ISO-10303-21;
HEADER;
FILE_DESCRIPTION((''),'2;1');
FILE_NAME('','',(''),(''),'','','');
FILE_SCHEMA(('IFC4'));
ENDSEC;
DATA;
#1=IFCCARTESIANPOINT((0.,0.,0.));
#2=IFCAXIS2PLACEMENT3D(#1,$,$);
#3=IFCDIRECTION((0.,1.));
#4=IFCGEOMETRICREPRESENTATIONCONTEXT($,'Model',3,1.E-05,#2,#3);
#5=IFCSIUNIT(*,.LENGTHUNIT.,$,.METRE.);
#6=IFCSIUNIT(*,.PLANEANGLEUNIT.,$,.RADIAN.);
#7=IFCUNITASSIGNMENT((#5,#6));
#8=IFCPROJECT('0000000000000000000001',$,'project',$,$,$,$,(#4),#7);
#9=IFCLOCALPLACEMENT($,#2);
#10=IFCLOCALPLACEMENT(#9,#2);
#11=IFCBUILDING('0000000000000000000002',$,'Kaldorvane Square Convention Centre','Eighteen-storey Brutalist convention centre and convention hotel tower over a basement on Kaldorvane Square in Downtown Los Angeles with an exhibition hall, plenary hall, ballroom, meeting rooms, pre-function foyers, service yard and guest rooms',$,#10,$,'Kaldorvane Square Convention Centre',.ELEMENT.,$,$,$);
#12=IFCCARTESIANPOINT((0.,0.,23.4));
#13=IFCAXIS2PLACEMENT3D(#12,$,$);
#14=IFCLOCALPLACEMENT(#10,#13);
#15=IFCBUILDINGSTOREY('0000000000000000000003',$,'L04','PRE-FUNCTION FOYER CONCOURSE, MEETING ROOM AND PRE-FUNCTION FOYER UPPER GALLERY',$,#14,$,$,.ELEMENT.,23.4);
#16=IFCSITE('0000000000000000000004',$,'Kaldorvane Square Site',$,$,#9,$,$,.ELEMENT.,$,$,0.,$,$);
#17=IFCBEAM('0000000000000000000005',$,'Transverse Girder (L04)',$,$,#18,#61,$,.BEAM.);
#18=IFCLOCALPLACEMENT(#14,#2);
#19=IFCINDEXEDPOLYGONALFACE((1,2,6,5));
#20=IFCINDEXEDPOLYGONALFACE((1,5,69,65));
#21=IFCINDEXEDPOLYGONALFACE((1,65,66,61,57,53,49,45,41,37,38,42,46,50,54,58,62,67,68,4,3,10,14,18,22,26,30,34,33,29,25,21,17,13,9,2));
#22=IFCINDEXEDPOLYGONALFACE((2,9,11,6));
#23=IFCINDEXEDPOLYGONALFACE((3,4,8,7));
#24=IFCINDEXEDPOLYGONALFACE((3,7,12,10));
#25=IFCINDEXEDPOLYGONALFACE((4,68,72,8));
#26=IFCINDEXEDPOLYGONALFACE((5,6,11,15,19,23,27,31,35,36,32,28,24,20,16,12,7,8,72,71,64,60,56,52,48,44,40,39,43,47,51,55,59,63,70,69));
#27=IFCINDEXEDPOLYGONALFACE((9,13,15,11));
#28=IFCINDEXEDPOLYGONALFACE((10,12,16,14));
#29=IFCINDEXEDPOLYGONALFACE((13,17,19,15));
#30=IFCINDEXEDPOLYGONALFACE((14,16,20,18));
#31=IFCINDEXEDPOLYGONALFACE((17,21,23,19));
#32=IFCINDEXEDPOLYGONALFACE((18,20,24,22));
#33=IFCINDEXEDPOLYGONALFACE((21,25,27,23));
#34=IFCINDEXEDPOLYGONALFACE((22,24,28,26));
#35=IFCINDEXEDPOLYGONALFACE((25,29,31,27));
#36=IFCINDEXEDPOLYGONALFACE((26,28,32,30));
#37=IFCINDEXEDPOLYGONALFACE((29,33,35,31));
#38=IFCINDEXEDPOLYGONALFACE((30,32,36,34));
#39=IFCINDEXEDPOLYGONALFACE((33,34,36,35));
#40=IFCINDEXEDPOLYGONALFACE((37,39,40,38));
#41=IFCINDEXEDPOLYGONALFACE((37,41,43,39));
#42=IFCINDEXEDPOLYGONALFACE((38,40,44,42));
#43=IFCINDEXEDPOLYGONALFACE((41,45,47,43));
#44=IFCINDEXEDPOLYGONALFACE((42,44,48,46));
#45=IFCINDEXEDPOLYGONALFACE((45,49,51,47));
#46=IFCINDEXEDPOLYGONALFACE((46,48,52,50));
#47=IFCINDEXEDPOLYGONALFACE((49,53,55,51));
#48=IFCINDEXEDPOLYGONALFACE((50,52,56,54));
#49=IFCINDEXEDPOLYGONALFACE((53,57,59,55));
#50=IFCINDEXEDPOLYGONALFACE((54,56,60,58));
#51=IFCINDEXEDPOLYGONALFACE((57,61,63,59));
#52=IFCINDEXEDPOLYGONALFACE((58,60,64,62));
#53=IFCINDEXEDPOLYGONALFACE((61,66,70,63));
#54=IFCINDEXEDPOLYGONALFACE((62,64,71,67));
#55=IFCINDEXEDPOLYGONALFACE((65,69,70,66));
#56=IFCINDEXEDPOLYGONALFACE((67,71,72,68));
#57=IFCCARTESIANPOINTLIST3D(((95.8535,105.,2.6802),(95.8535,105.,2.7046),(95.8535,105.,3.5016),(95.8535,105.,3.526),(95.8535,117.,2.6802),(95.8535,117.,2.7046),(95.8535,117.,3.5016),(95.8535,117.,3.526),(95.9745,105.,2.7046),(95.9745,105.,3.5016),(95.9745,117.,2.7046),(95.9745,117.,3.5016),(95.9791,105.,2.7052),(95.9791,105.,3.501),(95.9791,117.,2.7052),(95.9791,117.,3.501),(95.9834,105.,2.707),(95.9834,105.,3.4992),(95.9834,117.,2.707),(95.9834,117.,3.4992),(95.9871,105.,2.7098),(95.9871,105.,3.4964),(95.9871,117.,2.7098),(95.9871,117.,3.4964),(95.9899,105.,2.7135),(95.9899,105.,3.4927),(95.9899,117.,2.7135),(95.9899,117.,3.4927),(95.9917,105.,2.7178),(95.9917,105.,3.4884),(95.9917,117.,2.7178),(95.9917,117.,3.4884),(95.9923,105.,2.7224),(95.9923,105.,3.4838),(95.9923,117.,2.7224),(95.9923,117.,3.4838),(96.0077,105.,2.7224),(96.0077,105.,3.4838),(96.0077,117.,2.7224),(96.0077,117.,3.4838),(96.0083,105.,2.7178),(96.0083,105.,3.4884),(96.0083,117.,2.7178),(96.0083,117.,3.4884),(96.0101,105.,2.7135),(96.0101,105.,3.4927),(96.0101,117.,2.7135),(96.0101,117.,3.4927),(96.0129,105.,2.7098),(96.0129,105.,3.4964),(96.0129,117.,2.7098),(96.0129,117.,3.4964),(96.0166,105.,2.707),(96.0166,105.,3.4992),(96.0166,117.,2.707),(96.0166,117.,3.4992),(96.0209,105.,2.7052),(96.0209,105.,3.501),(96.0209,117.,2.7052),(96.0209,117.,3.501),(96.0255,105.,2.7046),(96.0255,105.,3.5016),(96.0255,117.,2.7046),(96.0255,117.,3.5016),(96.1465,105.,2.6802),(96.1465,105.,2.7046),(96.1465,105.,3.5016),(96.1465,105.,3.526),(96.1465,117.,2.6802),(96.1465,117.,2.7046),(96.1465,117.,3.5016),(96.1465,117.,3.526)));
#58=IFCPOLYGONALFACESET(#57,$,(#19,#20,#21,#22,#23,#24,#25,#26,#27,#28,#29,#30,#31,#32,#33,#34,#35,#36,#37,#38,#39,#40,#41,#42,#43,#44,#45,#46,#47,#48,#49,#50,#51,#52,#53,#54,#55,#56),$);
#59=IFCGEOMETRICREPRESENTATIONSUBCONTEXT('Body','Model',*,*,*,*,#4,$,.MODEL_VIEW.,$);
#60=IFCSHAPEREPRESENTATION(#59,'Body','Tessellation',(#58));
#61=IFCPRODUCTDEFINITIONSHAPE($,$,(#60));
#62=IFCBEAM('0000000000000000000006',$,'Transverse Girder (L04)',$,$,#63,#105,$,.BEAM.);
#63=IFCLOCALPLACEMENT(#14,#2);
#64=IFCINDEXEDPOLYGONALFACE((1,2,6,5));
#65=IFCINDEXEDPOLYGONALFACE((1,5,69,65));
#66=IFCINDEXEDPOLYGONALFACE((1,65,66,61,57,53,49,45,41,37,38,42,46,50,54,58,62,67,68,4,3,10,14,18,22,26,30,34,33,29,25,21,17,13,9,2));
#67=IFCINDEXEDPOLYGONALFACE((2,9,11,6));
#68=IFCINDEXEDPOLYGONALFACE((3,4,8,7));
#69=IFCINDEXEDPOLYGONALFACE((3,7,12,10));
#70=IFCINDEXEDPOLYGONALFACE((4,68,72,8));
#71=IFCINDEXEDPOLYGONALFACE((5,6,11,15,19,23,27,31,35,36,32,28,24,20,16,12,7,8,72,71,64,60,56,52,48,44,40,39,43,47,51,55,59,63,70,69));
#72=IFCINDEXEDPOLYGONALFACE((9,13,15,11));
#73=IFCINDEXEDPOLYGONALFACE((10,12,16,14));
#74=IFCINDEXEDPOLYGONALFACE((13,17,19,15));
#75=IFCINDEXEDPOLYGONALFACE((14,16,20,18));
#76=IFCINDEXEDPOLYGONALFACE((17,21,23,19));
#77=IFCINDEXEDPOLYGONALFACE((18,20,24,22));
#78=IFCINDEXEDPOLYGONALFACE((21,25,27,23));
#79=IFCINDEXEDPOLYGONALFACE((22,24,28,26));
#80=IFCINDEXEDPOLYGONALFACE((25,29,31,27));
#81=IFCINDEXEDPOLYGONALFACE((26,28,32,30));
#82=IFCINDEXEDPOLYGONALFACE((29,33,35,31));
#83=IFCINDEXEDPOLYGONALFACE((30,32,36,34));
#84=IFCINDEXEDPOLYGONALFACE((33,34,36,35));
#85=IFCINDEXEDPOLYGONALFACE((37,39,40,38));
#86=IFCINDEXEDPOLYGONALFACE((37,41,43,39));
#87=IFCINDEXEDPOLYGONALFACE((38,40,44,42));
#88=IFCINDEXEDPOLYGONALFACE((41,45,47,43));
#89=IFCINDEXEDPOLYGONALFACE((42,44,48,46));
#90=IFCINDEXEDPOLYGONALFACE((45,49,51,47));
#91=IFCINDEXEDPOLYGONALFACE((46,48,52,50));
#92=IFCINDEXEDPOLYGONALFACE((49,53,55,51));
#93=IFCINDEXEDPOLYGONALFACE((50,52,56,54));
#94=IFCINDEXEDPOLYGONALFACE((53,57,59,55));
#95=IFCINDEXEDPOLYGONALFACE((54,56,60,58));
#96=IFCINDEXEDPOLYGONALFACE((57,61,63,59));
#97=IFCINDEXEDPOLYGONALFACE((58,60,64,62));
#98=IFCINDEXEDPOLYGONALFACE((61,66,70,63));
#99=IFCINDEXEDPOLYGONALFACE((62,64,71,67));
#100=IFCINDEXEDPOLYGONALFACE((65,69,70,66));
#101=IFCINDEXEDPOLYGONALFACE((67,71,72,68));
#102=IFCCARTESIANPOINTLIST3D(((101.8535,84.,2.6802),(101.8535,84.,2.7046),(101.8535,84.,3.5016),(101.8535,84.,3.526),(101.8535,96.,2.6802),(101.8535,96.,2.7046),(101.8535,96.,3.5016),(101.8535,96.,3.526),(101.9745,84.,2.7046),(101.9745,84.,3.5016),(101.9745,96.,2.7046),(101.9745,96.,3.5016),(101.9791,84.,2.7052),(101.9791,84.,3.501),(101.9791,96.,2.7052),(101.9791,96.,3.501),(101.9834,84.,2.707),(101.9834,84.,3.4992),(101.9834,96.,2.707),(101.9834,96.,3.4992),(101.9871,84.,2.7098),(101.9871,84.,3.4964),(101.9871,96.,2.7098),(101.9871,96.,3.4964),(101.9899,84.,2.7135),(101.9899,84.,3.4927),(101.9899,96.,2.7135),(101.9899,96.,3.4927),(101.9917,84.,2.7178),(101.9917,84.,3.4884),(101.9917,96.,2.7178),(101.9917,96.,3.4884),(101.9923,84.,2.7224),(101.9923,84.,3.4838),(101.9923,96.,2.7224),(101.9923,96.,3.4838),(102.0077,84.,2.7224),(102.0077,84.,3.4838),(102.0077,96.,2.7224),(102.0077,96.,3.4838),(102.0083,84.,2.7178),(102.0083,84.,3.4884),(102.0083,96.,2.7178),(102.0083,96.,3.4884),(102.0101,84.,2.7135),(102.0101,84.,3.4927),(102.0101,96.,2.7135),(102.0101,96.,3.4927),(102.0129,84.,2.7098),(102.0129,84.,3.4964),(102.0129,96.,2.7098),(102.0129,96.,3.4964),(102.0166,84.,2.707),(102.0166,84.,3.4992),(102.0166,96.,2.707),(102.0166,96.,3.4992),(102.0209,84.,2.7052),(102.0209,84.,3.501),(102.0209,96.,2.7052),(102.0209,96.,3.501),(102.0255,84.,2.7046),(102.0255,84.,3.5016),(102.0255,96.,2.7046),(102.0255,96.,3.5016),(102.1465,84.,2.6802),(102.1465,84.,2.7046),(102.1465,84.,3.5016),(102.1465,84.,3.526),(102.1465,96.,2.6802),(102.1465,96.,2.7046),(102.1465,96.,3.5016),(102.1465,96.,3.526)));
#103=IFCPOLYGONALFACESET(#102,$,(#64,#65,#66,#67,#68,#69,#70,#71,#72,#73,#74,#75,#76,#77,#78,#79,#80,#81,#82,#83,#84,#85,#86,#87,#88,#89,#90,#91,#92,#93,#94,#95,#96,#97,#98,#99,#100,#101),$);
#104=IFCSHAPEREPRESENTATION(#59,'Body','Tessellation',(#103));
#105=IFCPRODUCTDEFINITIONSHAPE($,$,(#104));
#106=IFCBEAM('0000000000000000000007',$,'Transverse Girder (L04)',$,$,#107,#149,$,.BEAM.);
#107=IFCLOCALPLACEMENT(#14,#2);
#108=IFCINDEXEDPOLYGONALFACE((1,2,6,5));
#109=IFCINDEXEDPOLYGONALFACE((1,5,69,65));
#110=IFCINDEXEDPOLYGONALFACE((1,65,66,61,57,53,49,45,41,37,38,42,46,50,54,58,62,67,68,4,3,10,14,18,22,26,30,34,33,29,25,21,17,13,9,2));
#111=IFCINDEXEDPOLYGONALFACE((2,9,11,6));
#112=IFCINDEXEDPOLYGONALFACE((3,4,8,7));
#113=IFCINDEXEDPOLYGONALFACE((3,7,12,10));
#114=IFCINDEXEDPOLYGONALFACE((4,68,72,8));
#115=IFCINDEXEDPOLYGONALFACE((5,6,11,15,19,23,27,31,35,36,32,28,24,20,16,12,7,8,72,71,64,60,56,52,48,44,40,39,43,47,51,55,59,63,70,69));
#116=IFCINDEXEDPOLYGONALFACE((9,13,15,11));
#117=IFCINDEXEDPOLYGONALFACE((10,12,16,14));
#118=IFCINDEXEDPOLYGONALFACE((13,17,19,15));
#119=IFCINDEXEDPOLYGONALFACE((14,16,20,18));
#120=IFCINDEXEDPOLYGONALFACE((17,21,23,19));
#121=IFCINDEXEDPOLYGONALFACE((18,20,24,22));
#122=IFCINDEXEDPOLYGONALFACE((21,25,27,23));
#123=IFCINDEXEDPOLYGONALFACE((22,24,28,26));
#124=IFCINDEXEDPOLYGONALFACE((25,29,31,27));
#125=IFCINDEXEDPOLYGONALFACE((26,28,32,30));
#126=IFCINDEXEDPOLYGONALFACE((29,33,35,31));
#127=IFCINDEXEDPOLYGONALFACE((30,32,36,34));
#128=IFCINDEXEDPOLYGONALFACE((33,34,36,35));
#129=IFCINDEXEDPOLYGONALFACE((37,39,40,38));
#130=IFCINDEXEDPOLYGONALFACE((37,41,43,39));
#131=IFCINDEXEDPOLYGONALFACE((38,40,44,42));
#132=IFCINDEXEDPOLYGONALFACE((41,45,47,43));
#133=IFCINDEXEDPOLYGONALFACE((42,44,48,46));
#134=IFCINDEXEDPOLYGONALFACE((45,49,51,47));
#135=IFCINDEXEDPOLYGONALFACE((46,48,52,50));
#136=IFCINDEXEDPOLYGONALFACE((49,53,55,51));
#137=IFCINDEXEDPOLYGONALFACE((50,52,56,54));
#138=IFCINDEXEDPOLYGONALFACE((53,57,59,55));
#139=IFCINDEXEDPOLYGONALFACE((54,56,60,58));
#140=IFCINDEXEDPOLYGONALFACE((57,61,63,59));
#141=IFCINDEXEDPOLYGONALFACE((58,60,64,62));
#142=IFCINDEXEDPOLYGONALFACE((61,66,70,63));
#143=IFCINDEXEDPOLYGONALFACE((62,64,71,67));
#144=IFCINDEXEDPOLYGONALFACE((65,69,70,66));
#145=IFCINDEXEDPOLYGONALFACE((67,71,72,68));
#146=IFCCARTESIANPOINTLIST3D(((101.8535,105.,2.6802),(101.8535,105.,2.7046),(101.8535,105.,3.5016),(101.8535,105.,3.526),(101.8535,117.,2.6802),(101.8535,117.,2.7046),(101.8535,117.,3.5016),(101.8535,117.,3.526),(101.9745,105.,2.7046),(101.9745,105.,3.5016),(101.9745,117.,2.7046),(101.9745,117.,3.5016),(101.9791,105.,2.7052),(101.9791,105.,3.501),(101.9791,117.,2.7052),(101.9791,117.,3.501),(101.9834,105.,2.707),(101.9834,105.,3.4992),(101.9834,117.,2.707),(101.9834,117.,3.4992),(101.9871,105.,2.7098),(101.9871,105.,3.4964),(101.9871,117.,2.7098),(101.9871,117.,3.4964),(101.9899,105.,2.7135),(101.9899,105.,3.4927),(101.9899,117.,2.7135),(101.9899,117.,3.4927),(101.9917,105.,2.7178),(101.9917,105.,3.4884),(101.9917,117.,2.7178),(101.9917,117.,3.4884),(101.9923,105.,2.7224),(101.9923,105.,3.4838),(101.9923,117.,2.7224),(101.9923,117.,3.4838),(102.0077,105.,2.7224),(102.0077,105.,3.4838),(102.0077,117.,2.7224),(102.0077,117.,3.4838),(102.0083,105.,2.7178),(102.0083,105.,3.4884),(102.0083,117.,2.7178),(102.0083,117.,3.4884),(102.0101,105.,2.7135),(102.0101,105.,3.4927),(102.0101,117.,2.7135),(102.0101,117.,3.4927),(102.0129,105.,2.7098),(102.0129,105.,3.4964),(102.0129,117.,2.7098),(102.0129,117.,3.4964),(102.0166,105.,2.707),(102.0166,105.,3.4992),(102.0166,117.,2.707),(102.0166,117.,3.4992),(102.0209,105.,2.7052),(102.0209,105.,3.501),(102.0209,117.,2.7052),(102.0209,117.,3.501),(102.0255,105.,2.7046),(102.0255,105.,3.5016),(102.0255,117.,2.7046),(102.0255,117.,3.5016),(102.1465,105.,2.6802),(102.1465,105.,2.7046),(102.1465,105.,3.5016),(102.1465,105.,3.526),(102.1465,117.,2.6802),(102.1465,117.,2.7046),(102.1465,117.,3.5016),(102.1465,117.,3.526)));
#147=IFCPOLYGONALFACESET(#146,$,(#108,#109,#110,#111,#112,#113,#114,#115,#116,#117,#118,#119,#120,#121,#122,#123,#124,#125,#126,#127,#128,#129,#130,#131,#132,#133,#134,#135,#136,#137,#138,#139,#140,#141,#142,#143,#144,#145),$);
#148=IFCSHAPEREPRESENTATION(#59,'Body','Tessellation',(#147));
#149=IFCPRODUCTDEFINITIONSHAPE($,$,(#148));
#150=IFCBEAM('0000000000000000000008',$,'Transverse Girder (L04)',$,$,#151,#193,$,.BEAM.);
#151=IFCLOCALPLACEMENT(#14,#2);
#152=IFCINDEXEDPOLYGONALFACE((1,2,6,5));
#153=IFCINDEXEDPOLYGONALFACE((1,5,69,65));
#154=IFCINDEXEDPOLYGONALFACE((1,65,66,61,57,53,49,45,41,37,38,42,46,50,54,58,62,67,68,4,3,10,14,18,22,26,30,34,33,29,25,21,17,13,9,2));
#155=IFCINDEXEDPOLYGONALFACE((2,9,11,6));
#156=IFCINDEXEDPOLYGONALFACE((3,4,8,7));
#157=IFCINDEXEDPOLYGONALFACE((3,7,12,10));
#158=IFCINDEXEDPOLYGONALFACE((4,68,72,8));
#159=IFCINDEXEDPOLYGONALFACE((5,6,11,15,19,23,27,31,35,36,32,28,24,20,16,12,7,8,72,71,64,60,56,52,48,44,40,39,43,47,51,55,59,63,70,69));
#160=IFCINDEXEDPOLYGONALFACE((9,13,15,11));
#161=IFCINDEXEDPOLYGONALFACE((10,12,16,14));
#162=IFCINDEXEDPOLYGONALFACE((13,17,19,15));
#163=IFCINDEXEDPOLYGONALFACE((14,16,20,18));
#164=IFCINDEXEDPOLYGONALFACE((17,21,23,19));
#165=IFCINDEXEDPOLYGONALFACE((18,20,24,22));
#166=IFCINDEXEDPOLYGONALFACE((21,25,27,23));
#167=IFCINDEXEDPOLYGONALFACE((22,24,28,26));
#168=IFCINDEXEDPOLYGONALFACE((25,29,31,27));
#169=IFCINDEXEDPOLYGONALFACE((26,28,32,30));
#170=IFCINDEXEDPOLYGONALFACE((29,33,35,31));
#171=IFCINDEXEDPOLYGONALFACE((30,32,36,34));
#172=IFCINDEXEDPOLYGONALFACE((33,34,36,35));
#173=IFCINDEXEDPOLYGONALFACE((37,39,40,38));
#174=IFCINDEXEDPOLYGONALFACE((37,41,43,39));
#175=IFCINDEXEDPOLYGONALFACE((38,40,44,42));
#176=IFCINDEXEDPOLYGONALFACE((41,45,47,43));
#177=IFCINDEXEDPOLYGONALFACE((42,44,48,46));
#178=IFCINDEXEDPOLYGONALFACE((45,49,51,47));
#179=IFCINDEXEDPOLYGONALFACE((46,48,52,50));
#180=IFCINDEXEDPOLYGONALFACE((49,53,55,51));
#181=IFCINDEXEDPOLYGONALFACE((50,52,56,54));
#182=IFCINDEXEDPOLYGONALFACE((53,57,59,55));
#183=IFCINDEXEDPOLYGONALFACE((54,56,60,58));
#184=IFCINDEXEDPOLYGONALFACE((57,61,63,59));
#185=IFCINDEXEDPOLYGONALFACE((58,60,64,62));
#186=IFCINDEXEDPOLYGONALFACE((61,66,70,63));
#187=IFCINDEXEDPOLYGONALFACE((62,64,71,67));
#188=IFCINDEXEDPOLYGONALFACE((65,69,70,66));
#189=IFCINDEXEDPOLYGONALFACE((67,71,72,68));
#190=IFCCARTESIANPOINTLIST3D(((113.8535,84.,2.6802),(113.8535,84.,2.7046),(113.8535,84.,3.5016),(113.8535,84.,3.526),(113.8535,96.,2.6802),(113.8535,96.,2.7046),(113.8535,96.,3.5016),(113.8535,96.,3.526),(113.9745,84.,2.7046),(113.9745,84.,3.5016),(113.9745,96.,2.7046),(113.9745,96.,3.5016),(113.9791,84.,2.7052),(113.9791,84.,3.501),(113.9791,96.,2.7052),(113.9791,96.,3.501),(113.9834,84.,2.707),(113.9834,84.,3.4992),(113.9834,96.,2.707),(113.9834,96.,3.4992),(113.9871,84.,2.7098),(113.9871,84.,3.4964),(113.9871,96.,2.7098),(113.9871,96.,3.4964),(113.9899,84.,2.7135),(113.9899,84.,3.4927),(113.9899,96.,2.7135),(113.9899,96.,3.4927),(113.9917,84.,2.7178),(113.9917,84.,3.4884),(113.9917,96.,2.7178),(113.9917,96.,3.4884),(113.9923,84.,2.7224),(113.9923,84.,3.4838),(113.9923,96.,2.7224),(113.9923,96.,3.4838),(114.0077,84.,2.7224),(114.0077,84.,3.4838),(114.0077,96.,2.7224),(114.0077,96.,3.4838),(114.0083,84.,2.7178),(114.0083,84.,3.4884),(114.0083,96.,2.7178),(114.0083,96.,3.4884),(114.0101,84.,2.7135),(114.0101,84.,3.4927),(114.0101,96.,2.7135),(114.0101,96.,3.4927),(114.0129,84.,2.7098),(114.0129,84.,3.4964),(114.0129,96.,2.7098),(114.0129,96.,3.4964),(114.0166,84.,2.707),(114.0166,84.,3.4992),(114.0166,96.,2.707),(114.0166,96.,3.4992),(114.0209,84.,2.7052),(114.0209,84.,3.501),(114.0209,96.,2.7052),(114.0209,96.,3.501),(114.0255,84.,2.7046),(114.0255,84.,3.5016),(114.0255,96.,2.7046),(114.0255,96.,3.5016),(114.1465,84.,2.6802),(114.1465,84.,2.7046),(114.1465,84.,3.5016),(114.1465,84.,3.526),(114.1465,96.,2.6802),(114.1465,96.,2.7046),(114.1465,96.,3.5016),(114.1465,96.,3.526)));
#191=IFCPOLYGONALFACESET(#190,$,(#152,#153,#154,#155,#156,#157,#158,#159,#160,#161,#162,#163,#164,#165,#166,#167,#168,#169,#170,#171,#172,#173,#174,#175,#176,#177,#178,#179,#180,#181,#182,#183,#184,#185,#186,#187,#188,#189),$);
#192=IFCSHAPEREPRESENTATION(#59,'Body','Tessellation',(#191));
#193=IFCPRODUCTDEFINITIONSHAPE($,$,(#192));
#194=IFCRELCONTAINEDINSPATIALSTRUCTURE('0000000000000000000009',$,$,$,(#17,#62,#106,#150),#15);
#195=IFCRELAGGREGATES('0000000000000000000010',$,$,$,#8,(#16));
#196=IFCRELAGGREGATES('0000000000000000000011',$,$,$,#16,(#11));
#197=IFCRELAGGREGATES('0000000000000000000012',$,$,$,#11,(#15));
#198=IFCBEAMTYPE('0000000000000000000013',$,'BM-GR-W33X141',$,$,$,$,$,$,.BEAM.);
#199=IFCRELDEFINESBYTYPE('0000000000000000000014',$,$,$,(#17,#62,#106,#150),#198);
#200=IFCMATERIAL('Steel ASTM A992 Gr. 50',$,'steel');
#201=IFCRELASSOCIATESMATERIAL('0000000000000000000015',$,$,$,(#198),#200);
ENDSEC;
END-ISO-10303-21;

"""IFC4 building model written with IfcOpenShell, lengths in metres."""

from ifc_helpers import new_model, si_unit, direction, frame, origin, origin_2d, place, context, subcontext, project, spatial, i_section, extrude, material, material_profile, profile_set, type_object, element, save


model = new_model("IFC4")

# Units and contexts
model_context = context("Model", 3, precision=1e-05, world=origin(), true_north=direction((0.0, 1.0)))
body_context = subcontext(model_context, "Body", "Model", "MODEL_VIEW")
ifc_project = project(units=[si_unit("LENGTHUNIT", "METRE"), si_unit("PLANEANGLEUNIT", "RADIAN")], contexts=[model_context])

# Site, building, storey
site_placement = place(None, origin())
site = spatial("IfcSite", under=ifc_project, at=site_placement, Name="Kaldorvane Square Site", CompositionType="ELEMENT", RefElevation=0.0)
building_placement = place(site_placement, origin())
building = spatial("IfcBuilding", under=site, at=building_placement, Name="Kaldorvane Square Convention Centre", Description="Eighteen-storey Brutalist convention centre and convention hotel tower over a basement on Kaldorvane Square in Downtown Los Angeles with an exhibition hall, plenary hall, ballroom, meeting rooms, pre-function foyers, service yard and guest rooms", LongName="Kaldorvane Square Convention Centre", CompositionType="ELEMENT")
storey_placement = place(building_placement, frame((0.0, 0.0, 23.4)))
storey = spatial("IfcBuildingStorey", under=building, at=storey_placement, Name="L04", Description="PRE-FUNCTION FOYER CONCOURSE, MEETING ROOM AND PRE-FUNCTION FOYER UPPER GALLERY", CompositionType="ELEMENT", Elevation=23.4)

# Shared definitions
ifc_material = material(Name="Steel ASTM A992 Gr. 50", Category="steel")

# Beams
ifc_material_profile_1 = material_profile(ifc_material, i_section(OverallWidth=0.293, OverallDepth=0.8458, WebThickness=0.0154, FlangeThickness=0.0244, FilletRadius=0.0178, at=origin_2d()), Name="W33X141")
ifc_profile_set_1 = profile_set([ifc_material_profile_1], Name="Steel ASTM A992 Gr. 50")
beam_type_1 = type_object("IfcBeamType", Name="BM-GR-W33X141", PredefinedType="BEAM", material=ifc_profile_set_1)
for number, where, z_axis, x_axis, name in (
    (1, (96.0, 105.0, 3.1031), (0.0, 1.0, 0.0), (-1.0, 0.0, 0.0), "Transverse Girder (L04)"),
    (2, (102.0, 84.0, 3.1031), (0.0, 1.0, 0.0), (-1.0, 0.0, 0.0), "Transverse Girder (L04)"),
    (3, (102.0, 105.0, 3.1031), (0.0, 1.0, 0.0), (-1.0, 0.0, 0.0), "Transverse Girder (L04)"),
    (4, (114.0, 84.0, 3.1031), (0.0, 1.0, 0.0), (-1.0, 0.0, 0.0), "Transverse Girder (L04)"),
):
    element("IfcBeam", number, at=place(storey_placement, frame(where, z_axis=z_axis, x_axis=x_axis)), inside=storey, type_object=beam_type_1, Name=name, PredefinedType="BEAM", context=body_context, shape_type="SweptSolid", body=[
        extrude(i_section(OverallWidth=0.293, OverallDepth=0.8458, WebThickness=0.0154, FlangeThickness=0.0244, FilletRadius=0.0178, at=origin_2d()), origin(), (0.0, 0.0, 1.0), 12.0),
    ])

save(model, "model.ifc")
